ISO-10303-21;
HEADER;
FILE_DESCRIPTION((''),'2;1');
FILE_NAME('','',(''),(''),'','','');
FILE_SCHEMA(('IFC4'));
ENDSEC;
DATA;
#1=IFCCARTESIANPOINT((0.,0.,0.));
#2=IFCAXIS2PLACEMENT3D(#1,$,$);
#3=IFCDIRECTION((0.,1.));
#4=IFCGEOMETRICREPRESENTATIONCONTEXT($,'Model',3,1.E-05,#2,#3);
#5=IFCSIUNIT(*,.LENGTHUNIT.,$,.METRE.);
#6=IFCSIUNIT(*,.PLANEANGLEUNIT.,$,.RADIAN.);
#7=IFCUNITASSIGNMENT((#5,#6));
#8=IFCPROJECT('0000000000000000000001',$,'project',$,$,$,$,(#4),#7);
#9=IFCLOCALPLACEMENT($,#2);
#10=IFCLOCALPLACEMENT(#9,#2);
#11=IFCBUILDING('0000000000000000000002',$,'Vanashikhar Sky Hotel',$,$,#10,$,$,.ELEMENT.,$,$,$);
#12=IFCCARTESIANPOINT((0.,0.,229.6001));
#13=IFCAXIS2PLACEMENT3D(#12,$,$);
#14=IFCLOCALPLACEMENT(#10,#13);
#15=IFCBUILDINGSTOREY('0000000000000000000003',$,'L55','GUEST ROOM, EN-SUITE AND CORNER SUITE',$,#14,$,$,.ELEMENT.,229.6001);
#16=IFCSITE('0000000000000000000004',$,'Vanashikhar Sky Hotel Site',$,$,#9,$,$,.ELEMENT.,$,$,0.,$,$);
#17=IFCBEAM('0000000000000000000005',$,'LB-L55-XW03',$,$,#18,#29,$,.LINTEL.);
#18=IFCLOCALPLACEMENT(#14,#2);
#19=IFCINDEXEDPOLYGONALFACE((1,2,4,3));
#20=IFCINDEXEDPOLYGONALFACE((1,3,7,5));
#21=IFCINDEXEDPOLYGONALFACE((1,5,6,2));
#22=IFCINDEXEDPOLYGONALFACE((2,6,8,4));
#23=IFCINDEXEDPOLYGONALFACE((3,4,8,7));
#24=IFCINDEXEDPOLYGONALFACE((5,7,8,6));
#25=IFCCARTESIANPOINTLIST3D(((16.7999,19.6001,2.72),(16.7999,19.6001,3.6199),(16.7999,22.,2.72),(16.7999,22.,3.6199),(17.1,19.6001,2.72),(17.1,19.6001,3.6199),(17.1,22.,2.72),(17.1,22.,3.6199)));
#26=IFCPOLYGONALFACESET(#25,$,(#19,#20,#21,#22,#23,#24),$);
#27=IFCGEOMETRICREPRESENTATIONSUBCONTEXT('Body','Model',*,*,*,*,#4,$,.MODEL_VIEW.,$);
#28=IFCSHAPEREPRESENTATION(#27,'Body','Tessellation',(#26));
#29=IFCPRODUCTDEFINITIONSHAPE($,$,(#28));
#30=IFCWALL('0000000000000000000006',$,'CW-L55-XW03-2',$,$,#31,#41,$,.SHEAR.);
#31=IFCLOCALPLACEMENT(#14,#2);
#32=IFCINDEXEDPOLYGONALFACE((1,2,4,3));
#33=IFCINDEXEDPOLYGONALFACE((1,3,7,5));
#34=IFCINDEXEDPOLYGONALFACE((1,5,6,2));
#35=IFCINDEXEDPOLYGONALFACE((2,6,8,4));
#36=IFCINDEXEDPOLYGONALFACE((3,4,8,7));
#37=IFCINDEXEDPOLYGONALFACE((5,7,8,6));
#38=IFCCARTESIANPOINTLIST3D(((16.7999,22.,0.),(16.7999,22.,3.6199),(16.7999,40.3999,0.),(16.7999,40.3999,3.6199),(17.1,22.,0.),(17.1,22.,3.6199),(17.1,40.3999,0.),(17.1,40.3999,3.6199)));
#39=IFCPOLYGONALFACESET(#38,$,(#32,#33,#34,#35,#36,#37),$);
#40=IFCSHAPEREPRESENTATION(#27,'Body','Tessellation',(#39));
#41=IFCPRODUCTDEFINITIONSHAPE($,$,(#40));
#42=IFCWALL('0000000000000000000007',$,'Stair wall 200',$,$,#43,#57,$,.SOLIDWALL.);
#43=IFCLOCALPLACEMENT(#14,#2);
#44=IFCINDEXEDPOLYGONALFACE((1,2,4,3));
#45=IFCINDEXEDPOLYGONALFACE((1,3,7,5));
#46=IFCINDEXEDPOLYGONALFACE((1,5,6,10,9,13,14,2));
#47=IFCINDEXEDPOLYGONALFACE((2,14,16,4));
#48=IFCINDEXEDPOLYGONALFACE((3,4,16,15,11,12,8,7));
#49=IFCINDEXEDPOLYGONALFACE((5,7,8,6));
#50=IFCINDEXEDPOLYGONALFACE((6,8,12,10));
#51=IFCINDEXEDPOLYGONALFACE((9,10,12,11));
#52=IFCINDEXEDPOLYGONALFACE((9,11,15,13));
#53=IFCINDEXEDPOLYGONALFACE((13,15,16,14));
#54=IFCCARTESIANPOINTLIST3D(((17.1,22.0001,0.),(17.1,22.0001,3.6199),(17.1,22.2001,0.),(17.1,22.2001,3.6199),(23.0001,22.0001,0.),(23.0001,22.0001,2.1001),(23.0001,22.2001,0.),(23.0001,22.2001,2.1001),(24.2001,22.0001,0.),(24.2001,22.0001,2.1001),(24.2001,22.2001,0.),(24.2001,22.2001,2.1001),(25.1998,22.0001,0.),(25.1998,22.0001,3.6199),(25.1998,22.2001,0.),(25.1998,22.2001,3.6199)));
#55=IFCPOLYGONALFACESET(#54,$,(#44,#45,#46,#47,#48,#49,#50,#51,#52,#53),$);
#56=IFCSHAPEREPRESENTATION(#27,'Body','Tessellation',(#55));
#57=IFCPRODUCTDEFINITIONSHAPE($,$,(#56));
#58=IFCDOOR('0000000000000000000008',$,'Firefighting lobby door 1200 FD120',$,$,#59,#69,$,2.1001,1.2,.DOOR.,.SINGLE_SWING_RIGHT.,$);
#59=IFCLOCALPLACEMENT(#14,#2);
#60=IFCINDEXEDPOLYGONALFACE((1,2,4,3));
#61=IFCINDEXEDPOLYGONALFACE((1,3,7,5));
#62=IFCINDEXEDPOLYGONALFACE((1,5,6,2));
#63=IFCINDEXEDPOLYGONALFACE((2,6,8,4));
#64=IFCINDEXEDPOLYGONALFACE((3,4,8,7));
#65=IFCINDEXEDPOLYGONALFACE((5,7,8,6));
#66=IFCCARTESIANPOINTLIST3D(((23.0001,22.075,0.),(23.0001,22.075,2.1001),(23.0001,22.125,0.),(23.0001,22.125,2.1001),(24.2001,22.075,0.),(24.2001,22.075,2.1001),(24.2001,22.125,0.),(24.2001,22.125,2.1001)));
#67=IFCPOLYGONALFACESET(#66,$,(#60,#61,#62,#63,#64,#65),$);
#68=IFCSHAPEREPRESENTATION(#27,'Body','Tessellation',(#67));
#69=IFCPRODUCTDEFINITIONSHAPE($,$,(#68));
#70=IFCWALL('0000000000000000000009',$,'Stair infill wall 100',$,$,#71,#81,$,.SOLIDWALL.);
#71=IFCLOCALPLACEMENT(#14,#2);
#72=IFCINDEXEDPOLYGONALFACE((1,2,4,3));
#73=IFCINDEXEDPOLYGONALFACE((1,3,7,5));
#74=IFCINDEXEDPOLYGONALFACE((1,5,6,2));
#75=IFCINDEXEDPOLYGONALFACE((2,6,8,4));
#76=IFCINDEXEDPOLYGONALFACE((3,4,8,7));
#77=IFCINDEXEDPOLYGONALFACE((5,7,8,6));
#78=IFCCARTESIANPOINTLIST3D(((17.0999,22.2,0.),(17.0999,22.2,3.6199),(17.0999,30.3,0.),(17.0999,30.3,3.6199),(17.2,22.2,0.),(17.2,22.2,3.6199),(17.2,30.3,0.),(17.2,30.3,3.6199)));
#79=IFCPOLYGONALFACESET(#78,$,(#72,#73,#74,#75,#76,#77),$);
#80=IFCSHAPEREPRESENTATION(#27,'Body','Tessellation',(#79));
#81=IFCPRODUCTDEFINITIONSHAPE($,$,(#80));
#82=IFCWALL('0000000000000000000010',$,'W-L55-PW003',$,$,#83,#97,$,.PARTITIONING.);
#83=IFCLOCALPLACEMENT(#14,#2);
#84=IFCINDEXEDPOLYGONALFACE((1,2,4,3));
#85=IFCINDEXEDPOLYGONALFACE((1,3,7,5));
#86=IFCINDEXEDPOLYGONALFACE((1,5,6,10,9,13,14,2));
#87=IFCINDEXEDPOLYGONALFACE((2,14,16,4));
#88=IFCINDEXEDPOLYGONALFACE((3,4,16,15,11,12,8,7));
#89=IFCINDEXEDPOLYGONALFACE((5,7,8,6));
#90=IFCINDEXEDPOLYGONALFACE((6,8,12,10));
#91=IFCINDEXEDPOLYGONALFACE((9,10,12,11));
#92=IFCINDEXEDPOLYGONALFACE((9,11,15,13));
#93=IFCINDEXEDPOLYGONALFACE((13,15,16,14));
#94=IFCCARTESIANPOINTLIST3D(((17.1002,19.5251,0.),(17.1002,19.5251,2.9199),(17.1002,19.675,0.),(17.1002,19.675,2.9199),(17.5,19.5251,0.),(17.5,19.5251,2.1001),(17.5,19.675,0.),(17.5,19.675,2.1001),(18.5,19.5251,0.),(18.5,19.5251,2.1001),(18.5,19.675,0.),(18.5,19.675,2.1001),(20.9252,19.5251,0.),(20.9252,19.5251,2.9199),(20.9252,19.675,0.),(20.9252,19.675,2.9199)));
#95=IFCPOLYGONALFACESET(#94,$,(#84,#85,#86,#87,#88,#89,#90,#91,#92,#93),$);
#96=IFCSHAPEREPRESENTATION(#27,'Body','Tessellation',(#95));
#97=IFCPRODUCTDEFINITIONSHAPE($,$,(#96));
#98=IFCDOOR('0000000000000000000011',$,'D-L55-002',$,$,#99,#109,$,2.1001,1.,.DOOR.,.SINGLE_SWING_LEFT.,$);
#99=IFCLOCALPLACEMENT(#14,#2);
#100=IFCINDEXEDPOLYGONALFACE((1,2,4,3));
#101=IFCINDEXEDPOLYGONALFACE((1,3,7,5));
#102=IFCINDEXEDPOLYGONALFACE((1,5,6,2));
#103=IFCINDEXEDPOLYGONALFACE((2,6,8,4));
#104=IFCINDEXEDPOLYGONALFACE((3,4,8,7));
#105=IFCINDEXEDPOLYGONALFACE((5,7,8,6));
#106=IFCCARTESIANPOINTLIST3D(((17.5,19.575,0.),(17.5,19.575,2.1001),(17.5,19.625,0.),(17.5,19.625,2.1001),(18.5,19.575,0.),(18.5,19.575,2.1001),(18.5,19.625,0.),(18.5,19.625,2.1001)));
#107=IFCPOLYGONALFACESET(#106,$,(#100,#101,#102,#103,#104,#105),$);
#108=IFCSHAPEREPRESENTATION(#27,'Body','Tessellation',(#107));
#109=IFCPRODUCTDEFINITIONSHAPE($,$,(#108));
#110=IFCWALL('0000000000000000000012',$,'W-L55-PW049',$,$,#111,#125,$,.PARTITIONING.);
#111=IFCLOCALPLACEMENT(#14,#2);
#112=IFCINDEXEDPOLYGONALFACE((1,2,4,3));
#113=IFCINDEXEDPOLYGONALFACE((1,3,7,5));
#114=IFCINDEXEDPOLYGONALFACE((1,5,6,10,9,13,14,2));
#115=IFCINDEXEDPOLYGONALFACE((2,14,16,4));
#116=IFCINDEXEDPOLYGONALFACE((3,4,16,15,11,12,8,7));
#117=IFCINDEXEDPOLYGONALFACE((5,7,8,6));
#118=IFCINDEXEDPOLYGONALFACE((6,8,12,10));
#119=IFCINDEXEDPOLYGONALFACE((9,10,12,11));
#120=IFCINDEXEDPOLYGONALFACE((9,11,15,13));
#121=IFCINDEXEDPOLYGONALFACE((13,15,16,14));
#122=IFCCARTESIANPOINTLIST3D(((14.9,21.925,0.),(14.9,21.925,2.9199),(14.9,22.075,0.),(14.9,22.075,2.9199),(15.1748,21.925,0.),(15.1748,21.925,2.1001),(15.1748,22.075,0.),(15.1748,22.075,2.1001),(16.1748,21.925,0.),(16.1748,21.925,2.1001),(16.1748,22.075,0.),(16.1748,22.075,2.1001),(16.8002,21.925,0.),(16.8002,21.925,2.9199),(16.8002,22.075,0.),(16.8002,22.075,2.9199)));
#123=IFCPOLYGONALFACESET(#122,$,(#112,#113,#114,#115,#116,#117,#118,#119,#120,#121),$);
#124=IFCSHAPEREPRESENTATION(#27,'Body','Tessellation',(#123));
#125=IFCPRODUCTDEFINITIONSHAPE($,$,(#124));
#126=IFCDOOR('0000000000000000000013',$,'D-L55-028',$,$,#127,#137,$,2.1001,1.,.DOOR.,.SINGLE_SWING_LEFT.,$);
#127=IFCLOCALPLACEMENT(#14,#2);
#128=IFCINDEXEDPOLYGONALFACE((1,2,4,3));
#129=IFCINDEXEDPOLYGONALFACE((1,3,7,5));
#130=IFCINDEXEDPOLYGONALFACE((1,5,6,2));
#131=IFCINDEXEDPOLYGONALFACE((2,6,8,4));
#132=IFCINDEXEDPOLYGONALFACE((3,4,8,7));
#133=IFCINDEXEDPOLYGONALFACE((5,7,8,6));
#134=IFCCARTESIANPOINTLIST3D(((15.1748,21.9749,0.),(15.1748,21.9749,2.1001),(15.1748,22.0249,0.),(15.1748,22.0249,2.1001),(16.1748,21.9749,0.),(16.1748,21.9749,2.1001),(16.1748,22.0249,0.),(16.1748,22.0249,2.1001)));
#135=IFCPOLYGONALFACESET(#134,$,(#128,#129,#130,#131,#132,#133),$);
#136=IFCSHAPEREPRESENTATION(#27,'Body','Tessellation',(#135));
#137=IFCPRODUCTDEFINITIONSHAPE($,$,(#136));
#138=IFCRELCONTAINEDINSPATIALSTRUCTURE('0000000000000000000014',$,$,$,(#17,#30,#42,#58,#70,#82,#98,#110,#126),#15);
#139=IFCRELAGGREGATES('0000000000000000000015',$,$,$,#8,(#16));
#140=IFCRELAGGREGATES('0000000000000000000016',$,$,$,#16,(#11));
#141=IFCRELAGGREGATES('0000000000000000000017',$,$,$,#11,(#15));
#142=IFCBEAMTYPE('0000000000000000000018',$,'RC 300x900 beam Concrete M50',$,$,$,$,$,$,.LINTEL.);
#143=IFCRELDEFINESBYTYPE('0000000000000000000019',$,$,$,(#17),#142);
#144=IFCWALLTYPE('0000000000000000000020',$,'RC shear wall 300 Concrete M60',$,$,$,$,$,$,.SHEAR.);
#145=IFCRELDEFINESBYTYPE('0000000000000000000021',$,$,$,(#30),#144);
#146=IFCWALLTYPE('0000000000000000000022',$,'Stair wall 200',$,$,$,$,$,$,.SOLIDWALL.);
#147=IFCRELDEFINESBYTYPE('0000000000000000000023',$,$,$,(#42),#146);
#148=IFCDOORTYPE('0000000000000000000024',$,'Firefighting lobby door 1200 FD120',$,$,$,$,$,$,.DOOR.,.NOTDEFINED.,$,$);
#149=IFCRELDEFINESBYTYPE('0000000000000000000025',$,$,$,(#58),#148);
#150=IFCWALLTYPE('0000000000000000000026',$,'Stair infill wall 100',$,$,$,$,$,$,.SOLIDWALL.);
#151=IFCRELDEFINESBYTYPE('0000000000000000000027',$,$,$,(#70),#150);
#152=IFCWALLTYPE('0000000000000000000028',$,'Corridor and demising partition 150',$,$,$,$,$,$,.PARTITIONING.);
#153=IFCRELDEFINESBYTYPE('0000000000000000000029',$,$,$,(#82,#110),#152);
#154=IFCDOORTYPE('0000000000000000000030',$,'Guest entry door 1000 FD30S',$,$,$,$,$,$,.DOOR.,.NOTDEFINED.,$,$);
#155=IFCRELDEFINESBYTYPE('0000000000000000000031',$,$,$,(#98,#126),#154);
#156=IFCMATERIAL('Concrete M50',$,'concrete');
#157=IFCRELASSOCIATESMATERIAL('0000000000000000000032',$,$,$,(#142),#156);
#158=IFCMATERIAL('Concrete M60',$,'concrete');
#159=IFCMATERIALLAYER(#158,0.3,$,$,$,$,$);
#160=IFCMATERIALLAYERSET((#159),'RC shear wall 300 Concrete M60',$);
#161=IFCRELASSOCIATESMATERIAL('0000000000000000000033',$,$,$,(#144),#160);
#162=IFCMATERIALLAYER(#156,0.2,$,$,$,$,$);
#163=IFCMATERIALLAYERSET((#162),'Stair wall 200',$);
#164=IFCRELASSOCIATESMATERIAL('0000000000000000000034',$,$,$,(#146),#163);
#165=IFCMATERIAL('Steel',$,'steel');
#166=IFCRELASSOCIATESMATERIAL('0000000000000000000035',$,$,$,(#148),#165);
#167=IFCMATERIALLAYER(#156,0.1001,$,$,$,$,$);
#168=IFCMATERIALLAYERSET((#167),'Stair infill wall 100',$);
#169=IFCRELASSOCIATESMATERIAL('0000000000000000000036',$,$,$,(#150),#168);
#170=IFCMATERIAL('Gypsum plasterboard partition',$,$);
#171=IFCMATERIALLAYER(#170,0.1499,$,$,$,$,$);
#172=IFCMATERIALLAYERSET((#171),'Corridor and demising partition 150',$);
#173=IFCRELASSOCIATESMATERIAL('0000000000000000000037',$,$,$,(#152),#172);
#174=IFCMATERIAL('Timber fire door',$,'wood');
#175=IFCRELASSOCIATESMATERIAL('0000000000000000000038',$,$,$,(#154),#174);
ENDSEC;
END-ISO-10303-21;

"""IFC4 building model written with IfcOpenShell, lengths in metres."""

from ifc_helpers import new_model, si_unit, direction, frame, frame_2d, origin, origin_2d, place, context, subcontext, project, spatial, rectangle, extrude, source, transform, mapped, material, layer, layer_set, material_profile, profile_set, type_object, element, fill, save


model = new_model("IFC4")

# Units and contexts
model_context = context("Model", 3, precision=1e-05, world=origin(), true_north=direction((0.0, 1.0)))
body_context = subcontext(model_context, "Body", "Model", "MODEL_VIEW")
ifc_project = project(units=[si_unit("LENGTHUNIT", "METRE"), si_unit("PLANEANGLEUNIT", "RADIAN")], contexts=[model_context])

# Site, building, storey
site_placement = place(None, origin())
site = spatial("IfcSite", under=ifc_project, at=site_placement, Name="Vanashikhar Sky Hotel Site", CompositionType="ELEMENT", RefElevation=0.0)
building_placement = place(site_placement, origin())
building = spatial("IfcBuilding", under=site, at=building_placement, Name="Vanashikhar Sky Hotel", CompositionType="ELEMENT")
storey_placement = place(building_placement, frame((0.0, 0.0, 229.6001)))
storey = spatial("IfcBuildingStorey", under=building, at=storey_placement, Name="L55", Description="GUEST ROOM, EN-SUITE AND CORNER SUITE", CompositionType="ELEMENT", Elevation=229.6001)

# Beam
ifc_material_1 = material(Name="Concrete M50", Category="concrete")
ifc_material_profile = material_profile(ifc_material_1, rectangle(XDim=0.3, YDim=0.8999, at=origin_2d()))
ifc_profile_set = profile_set([ifc_material_profile], Name="RC 300x900 beam Concrete M50")
beam_type = type_object("IfcBeamType", Name="RC 300x900 beam Concrete M50", PredefinedType="LINTEL", material=ifc_profile_set)
shared_shape_1 = source(origin(), body_context, "Body", "SweptSolid", [
    extrude(rectangle(XDim=0.3, YDim=0.8999, at=origin_2d()), origin(), (0.0, 0.0, 1.0), 2.3999),
])
beam_placement = place(storey_placement, frame((16.95, 19.6001, 3.1699), z_axis=(0.0, 1.0, 0.0), x_axis=(-1.0, 0.0, 0.0)))
element("IfcBeam", 1, at=beam_placement, inside=storey, type_object=beam_type, Name="LB-L55-XW03", PredefinedType="LINTEL", context=body_context, shape_type="MappedRepresentation", body=[
    mapped(shared_shape_1, transform((0.0, 0.0, 0.0), scale=1.0)),
])

# Wall
ifc_material_2 = material(Name="Concrete M60", Category="concrete")
ifc_layer_1 = layer(ifc_material_2, 0.3)
ifc_layer_set_1 = layer_set([ifc_layer_1], Name="RC shear wall 300 Concrete M60")
wall_type_1 = type_object("IfcWallType", Name="RC shear wall 300 Concrete M60", PredefinedType="SHEAR", material=ifc_layer_set_1)
shared_shape_2 = source(origin(), body_context, "Body", "SweptSolid", [
    extrude(rectangle(XDim=18.3999, YDim=0.3, at=frame_2d((9.2, 0.0))), origin(), (0.0, 0.0, 1.0), 3.6199),
])
wall_1_placement = place(storey_placement, frame((16.95, 22.0, 0.0), z_axis=(0.0, 0.0, 1.0), x_axis=(0.0, 1.0, 0.0)))
element("IfcWall", 2, at=wall_1_placement, inside=storey, type_object=wall_type_1, Name="CW-L55-XW03-2", PredefinedType="SHEAR", context=body_context, shape_type="MappedRepresentation", body=[
    mapped(shared_shape_2, transform((0.0, 0.0, 0.0), scale=1.0)),
])

# Wall, opening, door
ifc_layer_2 = layer(ifc_material_1, 0.2)
ifc_layer_set_2 = layer_set([ifc_layer_2], Name="Stair wall 200")
wall_type_2 = type_object("IfcWallType", Name="Stair wall 200", PredefinedType="SOLIDWALL", material=ifc_layer_set_2)
shared_shape_3 = source(origin(), body_context, "Body", "SweptSolid", [
    extrude(rectangle(XDim=8.0999, YDim=0.2, at=frame_2d((4.0498, 0.0))), origin(), (0.0, 0.0, 1.0), 3.6199),
])
wall_2_placement = place(storey_placement, frame((17.1001, 22.1001, 0.0), z_axis=(0.0, 0.0, 1.0), x_axis=(1.0, 0.0, 0.0)))
wall_2 = element("IfcWall", 3, at=wall_2_placement, inside=storey, type_object=wall_type_2, Name="Stair wall 200", PredefinedType="SOLIDWALL", context=body_context, shape_type="MappedRepresentation", body=[
    mapped(shared_shape_3, transform((0.0, 0.0, 0.0), scale=1.0)),
])
shared_shape_4 = source(origin(), body_context, "Body", "SweptSolid", [
    extrude(rectangle(XDim=1.2, YDim=2.1001, at=frame_2d((0.6001, 1.05))), frame((0.0, 0.1099, 0.0), z_axis=(0.0, -1.0, 0.0), x_axis=(1.0, 0.0, 0.0)), (0.0, 0.0, 1.0), 0.22),
])
opening_1_placement = place(wall_2_placement, frame((5.8999, 0.0, 0.0)))
opening_1 = element("IfcOpeningElement", 4, at=opening_1_placement, cuts=wall_2, PredefinedType="OPENING", context=body_context, shape_type="MappedRepresentation", body=[
    mapped(shared_shape_4, transform((0.0, 0.0, 0.0), scale=1.0)),
])
ifc_material_3 = material(Name="Steel", Category="steel")
door_type_1 = type_object("IfcDoorType", Name="Firefighting lobby door 1200 FD120", OperationType="NOTDEFINED", PredefinedType="DOOR", material=ifc_material_3)
shared_shape_5 = source(origin(), body_context, "Body", "SweptSolid", [
    extrude(rectangle(XDim=1.2, YDim=2.1001, at=frame_2d((0.6001, 1.05))), frame((0.0, 0.0249, 0.0), z_axis=(0.0, -1.0, 0.0), x_axis=(1.0, 0.0, 0.0)), (0.0, 0.0, 1.0), 0.05),
])
door_1_placement = place(opening_1_placement, origin())
door_1 = element("IfcDoor", 5, at=door_1_placement, inside=storey, type_object=door_type_1, Name="Firefighting lobby door 1200 FD120", OperationType="SINGLE_SWING_RIGHT", OverallHeight=2.1001, OverallWidth=1.2, PredefinedType="DOOR", context=body_context, shape_type="MappedRepresentation", body=[
    mapped(shared_shape_5, transform((0.0, 0.0, 0.0), scale=1.0)),
])
fill(opening_1, door_1)

# Wall
ifc_layer_3 = layer(ifc_material_1, 0.1001)
ifc_layer_set_3 = layer_set([ifc_layer_3], Name="Stair infill wall 100")
wall_type_3 = type_object("IfcWallType", Name="Stair infill wall 100", PredefinedType="SOLIDWALL", material=ifc_layer_set_3)
shared_shape_6 = source(origin(), body_context, "Body", "SweptSolid", [
    extrude(rectangle(XDim=8.1001, YDim=0.1001, at=frame_2d((4.05, 0.0))), origin(), (0.0, 0.0, 1.0), 3.6199),
])
wall_3_placement = place(storey_placement, frame((17.1499, 22.2, 0.0), z_axis=(0.0, 0.0, 1.0), x_axis=(0.0, 1.0, 0.0)))
element("IfcWall", 6, at=wall_3_placement, inside=storey, type_object=wall_type_3, Name="Stair infill wall 100", PredefinedType="SOLIDWALL", context=body_context, shape_type="MappedRepresentation", body=[
    mapped(shared_shape_6, transform((0.0, 0.0, 0.0), scale=1.0)),
])

# Walls, openings, doors
ifc_material_4 = material(Name="Gypsum plasterboard partition")
ifc_layer_4 = layer(ifc_material_4, 0.1499)
ifc_layer_set_4 = layer_set([ifc_layer_4], Name="Corridor and demising partition 150")
wall_type_4 = type_object("IfcWallType", Name="Corridor and demising partition 150", PredefinedType="PARTITIONING", material=ifc_layer_set_4)
shared_shape_7 = source(origin(), body_context, "Body", "SweptSolid", [
    extrude(rectangle(XDim=3.825, YDim=0.1499, at=frame_2d((1.9126, 0.0))), origin(), (0.0, 0.0, 1.0), 2.9199),
])
wall_4_placement = place(storey_placement, frame((17.1001, 19.6001, 0.0), z_axis=(0.0, 0.0, 1.0), x_axis=(1.0, 0.0, 0.0)))
wall_4 = element("IfcWall", 7, at=wall_4_placement, inside=storey, type_object=wall_type_4, Name="W-L55-PW003", PredefinedType="PARTITIONING", context=body_context, shape_type="MappedRepresentation", body=[
    mapped(shared_shape_7, transform((0.0, 0.0, 0.0), scale=1.0)),
])
shared_shape_8 = source(origin(), body_context, "Body", "SweptSolid", [
    extrude(rectangle(XDim=1.0, YDim=2.1001, at=frame_2d((0.5, 1.05))), frame((0.0, 0.085, 0.0), z_axis=(0.0, -1.0, 0.0), x_axis=(1.0, 0.0, 0.0)), (0.0, 0.0, 1.0), 0.1699),
])
opening_2_placement = place(wall_4_placement, frame((0.3999, 0.0, 0.0)))
opening_2 = element("IfcOpeningElement", 8, at=opening_2_placement, cuts=wall_4, PredefinedType="OPENING", context=body_context, shape_type="MappedRepresentation", body=[
    mapped(shared_shape_8, transform((0.0, 0.0, 0.0), scale=1.0)),
])
ifc_material_5 = material(Name="Timber fire door", Category="wood")
door_type_2 = type_object("IfcDoorType", Name="Guest entry door 1000 FD30S", OperationType="NOTDEFINED", PredefinedType="DOOR", material=ifc_material_5)
shared_shape_9 = source(origin(), body_context, "Body", "SweptSolid", [
    extrude(rectangle(XDim=1.0, YDim=2.1001, at=frame_2d((0.5, 1.05))), frame((0.0, 0.0249, 0.0), z_axis=(0.0, -1.0, 0.0), x_axis=(1.0, 0.0, 0.0)), (0.0, 0.0, 1.0), 0.05),
])
door_2_placement = place(opening_2_placement, origin())
door_2 = element("IfcDoor", 9, at=door_2_placement, inside=storey, type_object=door_type_2, Name="D-L55-002", OperationType="SINGLE_SWING_LEFT", OverallHeight=2.1001, OverallWidth=1.0, PredefinedType="DOOR", context=body_context, shape_type="MappedRepresentation", body=[
    mapped(shared_shape_9, transform((0.0, 0.0, 0.0), scale=1.0)),
])
fill(opening_2, door_2)
shared_shape_10 = source(origin(), body_context, "Body", "SweptSolid", [
    extrude(rectangle(XDim=1.9001, YDim=0.1499, at=frame_2d((0.9502, 0.0))), origin(), (0.0, 0.0, 1.0), 2.9199),
])
wall_5_placement = place(storey_placement, frame((14.8999, 22.0, 0.0), z_axis=(0.0, 0.0, 1.0), x_axis=(1.0, 0.0, 0.0)))
wall_5 = element("IfcWall", 10, at=wall_5_placement, inside=storey, type_object=wall_type_4, Name="W-L55-PW049", PredefinedType="PARTITIONING", context=body_context, shape_type="MappedRepresentation", body=[
    mapped(shared_shape_10, transform((0.0, 0.0, 0.0), scale=1.0)),
])
opening_3_placement = place(wall_5_placement, frame((0.2749, 0.0, 0.0)))
opening_3 = element("IfcOpeningElement", 11, at=opening_3_placement, cuts=wall_5, PredefinedType="OPENING", context=body_context, shape_type="MappedRepresentation", body=[
    mapped(shared_shape_8, transform((0.0, 0.0, 0.0), scale=1.0)),
])
door_3_placement = place(opening_3_placement, origin())
door_3 = element("IfcDoor", 12, at=door_3_placement, inside=storey, type_object=door_type_2, Name="D-L55-028", OperationType="SINGLE_SWING_LEFT", OverallHeight=2.1001, OverallWidth=1.0, PredefinedType="DOOR", context=body_context, shape_type="MappedRepresentation", body=[
    mapped(shared_shape_9, transform((0.0, 0.0, 0.0), scale=1.0)),
])
fill(opening_3, door_3)

save(model, "model.ifc")
